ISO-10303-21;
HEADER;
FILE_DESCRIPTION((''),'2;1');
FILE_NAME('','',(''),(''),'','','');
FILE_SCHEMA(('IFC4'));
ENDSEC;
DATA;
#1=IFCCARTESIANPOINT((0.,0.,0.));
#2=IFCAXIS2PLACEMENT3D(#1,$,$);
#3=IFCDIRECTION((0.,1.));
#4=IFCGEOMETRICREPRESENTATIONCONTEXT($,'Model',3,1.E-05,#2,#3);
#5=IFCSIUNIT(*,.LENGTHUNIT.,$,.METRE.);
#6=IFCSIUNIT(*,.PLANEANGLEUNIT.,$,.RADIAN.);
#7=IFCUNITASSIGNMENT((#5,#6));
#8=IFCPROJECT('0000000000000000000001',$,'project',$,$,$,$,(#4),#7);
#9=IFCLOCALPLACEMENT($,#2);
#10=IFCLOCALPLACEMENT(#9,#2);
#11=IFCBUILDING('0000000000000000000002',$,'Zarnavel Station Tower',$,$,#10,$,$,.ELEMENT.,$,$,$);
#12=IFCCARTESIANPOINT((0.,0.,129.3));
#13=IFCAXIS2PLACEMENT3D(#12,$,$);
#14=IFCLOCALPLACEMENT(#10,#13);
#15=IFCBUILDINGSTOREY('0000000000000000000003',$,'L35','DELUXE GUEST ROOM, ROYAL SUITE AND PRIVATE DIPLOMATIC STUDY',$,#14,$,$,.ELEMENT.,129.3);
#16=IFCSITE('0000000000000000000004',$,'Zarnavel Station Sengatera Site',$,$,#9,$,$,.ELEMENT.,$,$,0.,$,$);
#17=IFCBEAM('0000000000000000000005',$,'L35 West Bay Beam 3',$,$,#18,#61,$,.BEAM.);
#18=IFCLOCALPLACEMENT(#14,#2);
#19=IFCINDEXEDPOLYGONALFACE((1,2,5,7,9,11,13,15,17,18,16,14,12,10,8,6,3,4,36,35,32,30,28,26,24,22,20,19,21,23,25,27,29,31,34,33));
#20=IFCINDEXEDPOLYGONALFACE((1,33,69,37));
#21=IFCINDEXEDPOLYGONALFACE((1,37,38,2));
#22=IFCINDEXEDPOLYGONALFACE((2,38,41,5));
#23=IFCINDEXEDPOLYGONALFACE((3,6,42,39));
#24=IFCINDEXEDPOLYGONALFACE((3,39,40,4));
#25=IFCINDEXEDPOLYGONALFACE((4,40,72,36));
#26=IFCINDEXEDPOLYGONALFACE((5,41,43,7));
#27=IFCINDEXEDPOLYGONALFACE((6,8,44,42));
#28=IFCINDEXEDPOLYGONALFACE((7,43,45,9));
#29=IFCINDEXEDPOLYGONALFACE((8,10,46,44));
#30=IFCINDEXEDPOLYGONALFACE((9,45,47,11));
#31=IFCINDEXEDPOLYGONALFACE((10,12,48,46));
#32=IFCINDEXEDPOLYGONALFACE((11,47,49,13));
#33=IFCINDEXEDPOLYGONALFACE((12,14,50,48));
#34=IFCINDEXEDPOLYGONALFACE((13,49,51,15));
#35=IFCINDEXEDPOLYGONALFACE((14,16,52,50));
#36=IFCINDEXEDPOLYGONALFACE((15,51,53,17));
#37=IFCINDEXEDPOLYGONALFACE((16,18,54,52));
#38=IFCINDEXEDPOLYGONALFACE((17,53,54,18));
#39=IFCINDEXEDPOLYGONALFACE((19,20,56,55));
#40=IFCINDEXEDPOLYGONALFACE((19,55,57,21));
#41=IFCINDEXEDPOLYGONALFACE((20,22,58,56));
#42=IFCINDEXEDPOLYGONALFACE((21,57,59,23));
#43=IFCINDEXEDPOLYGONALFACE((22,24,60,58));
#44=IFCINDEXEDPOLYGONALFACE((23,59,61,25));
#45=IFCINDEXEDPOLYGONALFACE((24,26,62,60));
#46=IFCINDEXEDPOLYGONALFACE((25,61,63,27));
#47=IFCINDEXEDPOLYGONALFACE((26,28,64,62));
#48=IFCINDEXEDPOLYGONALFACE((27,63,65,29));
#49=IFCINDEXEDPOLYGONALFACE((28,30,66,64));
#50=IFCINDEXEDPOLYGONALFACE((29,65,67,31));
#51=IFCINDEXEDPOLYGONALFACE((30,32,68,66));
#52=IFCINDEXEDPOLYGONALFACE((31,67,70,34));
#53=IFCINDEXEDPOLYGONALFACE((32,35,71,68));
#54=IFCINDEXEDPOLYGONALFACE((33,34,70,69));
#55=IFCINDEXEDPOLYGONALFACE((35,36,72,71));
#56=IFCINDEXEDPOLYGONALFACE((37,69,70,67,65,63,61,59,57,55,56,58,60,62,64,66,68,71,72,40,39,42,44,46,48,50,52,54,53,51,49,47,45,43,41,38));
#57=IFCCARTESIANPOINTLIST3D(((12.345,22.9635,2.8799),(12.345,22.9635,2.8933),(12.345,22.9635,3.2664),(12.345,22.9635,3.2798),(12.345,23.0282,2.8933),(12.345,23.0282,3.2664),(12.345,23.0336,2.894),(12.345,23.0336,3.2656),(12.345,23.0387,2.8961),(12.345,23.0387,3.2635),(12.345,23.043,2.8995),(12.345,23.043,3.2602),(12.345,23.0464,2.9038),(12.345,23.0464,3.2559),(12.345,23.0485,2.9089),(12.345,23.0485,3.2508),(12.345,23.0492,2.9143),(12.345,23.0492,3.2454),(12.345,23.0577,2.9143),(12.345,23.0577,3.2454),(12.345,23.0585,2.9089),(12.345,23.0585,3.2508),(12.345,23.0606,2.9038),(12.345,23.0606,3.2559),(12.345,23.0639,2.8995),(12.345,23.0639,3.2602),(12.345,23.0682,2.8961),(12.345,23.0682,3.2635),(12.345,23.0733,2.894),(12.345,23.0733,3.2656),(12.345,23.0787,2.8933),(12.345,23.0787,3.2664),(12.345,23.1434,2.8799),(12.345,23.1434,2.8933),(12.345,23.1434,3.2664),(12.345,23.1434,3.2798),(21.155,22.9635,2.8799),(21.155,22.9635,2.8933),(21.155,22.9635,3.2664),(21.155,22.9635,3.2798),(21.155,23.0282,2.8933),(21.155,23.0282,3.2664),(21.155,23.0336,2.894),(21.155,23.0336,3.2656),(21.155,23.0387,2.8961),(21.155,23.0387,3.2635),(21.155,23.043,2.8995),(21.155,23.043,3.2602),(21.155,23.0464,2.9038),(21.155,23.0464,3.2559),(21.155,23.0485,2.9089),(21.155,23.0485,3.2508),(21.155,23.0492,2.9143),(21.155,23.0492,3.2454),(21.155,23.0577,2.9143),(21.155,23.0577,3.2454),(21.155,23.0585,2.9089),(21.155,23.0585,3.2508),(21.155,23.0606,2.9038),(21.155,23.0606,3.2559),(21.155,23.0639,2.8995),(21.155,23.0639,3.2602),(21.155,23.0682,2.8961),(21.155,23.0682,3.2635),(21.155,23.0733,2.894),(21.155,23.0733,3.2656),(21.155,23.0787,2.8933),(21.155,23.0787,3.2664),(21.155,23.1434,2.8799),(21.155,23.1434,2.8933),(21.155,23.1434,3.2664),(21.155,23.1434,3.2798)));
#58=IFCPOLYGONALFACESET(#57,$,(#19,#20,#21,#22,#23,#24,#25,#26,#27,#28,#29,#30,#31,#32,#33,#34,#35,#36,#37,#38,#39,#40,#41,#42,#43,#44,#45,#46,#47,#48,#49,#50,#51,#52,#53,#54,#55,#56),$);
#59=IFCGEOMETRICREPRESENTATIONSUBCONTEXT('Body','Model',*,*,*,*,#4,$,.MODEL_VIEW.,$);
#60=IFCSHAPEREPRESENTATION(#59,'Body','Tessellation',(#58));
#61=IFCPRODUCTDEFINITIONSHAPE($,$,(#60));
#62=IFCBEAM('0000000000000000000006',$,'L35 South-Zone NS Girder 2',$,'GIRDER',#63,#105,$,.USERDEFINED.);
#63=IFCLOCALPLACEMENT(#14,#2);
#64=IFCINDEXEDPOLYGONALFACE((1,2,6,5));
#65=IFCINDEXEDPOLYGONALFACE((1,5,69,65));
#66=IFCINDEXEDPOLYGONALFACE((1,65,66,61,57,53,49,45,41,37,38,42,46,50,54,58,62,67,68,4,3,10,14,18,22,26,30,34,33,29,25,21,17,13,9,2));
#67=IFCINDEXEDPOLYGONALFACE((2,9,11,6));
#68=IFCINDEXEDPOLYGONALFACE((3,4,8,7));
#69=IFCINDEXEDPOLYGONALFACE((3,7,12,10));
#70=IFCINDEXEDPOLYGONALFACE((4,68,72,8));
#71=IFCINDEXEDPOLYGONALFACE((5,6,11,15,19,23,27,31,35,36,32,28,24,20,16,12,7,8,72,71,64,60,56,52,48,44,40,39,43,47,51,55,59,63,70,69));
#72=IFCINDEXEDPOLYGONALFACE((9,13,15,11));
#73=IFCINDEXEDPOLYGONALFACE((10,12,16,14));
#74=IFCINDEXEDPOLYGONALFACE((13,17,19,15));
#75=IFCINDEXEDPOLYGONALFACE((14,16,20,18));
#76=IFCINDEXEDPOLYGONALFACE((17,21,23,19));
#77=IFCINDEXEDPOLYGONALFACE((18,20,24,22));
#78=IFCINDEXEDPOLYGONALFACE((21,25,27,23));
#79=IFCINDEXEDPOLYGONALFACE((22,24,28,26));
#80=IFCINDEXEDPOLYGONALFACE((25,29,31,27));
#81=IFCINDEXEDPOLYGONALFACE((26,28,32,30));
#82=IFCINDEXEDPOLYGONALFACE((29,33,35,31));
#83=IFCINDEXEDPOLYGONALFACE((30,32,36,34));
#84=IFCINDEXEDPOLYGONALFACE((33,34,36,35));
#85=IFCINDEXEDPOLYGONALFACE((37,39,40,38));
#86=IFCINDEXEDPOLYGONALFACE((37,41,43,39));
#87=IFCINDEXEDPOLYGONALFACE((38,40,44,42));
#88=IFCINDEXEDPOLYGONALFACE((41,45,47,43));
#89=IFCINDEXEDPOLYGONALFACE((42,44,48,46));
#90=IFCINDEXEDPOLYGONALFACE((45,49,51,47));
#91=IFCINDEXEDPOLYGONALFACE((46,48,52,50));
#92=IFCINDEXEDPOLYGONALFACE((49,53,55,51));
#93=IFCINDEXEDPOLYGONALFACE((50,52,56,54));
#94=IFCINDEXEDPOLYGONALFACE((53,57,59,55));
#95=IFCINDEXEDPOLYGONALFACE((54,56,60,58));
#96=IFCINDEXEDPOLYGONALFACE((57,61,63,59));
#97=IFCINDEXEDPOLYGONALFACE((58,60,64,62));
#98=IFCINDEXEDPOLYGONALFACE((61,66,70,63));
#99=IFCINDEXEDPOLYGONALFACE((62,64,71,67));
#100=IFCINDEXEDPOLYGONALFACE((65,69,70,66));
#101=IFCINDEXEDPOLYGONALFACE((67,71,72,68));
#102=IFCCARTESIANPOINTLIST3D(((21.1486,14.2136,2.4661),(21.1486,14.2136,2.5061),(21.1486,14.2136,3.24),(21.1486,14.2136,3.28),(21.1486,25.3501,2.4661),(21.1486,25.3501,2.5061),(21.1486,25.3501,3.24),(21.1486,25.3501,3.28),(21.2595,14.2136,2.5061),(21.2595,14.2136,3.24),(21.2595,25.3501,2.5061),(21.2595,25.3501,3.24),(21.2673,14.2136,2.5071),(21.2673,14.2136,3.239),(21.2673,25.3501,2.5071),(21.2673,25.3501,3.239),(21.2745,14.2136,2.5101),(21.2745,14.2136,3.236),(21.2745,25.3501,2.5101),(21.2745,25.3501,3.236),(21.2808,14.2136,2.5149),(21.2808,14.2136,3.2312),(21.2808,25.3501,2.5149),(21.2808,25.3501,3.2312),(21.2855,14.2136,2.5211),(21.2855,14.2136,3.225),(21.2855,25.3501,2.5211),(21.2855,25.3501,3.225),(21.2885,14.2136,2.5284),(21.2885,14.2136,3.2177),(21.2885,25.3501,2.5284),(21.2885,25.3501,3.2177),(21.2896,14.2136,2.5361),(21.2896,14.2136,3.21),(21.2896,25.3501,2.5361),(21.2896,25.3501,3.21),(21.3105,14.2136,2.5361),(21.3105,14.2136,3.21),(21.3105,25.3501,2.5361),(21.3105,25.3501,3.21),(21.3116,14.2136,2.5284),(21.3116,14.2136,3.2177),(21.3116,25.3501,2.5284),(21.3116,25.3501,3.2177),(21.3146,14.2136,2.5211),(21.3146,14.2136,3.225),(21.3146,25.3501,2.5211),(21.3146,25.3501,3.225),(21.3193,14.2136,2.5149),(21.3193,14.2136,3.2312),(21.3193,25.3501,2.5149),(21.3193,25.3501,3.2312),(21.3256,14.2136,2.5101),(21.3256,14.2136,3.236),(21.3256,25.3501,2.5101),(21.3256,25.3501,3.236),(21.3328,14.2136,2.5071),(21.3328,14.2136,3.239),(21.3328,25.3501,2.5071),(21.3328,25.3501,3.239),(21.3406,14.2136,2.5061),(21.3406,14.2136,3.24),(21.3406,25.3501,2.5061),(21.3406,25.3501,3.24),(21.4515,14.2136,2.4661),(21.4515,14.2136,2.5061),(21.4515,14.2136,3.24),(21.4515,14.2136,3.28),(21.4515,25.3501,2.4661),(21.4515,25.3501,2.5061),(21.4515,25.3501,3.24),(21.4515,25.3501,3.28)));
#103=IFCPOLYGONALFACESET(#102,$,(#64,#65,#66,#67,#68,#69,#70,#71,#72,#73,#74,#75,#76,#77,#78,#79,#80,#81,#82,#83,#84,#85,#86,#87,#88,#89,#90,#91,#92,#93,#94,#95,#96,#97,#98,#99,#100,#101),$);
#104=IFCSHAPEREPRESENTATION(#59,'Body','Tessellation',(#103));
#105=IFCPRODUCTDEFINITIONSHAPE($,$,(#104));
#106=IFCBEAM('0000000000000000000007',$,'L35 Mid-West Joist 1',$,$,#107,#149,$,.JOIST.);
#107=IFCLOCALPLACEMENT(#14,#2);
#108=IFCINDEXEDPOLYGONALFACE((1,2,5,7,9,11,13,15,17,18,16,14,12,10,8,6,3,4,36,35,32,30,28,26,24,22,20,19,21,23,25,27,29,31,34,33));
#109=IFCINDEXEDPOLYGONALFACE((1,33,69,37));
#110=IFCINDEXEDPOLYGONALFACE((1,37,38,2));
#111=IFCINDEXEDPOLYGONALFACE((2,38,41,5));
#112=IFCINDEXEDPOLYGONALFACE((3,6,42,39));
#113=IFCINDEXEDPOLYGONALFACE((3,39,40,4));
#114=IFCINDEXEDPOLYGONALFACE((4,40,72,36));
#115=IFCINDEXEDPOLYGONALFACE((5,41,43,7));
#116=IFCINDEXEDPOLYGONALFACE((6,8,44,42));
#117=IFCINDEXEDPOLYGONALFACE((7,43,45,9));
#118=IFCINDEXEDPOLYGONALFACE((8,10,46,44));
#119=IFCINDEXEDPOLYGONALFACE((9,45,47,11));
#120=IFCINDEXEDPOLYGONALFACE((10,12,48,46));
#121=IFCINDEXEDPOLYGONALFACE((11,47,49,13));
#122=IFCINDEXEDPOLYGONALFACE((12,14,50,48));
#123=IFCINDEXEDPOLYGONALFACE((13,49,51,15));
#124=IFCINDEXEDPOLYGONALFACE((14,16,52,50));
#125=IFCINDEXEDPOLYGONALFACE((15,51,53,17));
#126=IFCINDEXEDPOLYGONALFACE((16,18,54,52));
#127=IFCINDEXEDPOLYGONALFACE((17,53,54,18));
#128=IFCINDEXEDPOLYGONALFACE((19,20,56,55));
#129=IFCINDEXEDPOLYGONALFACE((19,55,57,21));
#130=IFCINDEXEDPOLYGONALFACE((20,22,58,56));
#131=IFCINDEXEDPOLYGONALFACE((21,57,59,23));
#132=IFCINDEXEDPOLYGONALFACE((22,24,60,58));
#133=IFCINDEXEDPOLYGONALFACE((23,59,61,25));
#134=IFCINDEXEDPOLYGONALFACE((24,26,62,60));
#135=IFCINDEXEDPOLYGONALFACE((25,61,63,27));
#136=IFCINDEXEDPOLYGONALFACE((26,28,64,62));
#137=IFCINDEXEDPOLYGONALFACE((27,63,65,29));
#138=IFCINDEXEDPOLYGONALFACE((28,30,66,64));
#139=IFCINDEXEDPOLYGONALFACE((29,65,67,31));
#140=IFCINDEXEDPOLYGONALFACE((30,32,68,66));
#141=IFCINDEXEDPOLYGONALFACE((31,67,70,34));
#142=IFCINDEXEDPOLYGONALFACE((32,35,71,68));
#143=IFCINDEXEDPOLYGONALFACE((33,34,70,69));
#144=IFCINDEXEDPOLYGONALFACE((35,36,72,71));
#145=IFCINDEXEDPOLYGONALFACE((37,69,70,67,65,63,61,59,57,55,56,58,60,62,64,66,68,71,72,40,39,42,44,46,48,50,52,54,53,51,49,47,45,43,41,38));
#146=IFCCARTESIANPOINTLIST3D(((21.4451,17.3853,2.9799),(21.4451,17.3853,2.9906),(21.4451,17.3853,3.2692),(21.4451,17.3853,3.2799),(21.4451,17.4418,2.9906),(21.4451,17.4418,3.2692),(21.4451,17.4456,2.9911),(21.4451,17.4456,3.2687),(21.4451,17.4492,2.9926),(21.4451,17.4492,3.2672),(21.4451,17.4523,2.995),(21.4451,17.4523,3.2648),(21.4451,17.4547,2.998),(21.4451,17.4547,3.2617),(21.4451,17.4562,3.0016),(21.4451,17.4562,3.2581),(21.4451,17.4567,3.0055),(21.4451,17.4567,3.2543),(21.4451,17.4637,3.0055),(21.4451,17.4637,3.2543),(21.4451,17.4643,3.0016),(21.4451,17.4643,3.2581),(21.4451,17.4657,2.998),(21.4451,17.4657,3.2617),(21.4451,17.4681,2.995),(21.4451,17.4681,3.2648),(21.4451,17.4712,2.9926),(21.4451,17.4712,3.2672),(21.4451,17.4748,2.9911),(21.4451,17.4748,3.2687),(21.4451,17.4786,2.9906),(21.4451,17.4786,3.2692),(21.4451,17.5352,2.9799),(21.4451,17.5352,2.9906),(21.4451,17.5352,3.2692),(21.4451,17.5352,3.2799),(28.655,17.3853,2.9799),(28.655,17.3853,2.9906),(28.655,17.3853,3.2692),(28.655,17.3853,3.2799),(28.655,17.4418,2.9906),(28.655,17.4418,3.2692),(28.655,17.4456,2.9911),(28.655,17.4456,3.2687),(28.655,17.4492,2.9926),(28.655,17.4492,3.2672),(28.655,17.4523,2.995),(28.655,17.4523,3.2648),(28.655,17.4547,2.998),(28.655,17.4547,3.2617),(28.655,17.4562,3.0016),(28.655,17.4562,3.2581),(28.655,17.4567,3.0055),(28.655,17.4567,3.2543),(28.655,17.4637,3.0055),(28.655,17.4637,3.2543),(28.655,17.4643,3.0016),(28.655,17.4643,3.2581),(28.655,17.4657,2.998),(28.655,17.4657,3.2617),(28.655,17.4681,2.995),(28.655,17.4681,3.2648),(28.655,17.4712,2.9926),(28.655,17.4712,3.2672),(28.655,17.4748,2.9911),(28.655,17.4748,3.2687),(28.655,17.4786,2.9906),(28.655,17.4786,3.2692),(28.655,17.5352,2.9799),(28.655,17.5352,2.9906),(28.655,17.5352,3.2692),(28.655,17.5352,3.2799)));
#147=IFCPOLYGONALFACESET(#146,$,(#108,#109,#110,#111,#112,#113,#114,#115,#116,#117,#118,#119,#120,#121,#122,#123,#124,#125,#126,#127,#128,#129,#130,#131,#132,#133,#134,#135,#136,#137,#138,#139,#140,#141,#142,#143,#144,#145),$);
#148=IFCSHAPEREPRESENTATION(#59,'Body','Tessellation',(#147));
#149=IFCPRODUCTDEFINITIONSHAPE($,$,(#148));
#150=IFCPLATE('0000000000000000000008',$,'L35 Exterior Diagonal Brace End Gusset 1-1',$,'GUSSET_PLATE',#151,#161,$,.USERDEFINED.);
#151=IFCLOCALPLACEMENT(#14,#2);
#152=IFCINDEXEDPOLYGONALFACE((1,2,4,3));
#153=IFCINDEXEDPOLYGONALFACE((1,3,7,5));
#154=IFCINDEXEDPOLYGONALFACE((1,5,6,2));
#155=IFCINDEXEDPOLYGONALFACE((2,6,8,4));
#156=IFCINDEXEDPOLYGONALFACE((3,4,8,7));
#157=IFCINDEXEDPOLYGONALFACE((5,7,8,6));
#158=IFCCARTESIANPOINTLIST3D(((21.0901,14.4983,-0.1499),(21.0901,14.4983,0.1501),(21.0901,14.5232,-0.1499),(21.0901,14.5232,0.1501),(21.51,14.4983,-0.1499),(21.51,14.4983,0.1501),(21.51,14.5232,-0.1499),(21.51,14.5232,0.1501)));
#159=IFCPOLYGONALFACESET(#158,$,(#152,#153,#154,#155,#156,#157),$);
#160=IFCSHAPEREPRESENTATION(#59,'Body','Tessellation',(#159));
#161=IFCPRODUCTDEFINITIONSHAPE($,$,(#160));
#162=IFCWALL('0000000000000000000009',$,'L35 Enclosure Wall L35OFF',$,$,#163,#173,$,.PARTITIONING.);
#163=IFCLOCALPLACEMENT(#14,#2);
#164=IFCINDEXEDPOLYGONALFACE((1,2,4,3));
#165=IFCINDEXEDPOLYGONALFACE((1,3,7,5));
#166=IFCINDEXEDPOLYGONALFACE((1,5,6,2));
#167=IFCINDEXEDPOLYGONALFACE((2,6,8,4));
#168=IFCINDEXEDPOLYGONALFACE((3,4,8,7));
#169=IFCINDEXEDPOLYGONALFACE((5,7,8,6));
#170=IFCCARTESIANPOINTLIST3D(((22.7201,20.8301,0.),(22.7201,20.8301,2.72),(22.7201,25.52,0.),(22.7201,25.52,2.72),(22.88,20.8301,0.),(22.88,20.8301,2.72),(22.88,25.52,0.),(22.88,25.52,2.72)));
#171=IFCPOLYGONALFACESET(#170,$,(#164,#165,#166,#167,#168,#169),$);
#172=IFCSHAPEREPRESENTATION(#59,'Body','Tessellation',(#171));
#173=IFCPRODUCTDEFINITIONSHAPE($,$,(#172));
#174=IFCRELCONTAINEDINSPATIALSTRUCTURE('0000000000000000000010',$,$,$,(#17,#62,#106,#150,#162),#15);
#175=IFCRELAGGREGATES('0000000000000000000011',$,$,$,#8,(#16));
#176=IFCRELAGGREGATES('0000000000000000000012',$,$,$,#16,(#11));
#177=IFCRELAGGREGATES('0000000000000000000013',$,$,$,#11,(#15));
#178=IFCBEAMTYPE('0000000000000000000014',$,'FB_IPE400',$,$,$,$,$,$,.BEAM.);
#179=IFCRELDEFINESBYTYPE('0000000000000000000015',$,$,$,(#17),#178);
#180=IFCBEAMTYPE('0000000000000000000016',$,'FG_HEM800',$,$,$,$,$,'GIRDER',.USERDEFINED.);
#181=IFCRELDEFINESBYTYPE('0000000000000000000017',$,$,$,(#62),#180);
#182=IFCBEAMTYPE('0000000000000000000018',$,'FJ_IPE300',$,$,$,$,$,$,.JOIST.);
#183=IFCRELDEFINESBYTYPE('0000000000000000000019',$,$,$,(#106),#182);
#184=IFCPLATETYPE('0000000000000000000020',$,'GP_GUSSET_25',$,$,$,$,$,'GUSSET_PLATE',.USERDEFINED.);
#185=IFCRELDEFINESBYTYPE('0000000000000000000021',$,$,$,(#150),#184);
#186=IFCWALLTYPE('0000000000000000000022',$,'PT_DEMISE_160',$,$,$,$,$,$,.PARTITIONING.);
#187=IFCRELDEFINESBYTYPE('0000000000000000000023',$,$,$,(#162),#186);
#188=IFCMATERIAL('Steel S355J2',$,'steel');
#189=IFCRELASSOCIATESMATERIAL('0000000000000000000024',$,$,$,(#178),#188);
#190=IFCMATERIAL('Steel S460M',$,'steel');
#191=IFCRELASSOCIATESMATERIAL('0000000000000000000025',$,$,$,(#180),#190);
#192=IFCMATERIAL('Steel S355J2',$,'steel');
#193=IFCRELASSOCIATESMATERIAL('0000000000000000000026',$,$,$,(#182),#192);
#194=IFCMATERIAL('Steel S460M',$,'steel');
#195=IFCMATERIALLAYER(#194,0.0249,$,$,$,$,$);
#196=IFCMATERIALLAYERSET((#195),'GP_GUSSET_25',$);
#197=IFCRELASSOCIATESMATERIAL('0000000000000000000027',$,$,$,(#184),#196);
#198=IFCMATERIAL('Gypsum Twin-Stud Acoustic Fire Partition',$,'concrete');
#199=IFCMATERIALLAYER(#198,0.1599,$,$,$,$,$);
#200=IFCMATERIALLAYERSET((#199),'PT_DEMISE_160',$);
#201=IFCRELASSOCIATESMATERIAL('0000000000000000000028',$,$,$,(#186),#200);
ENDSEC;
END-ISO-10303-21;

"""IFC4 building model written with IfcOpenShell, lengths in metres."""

from ifc_helpers import new_model, si_unit, direction, frame, frame_2d, origin, origin_2d, place, context, subcontext, project, spatial, rectangle, i_section, extrude, material, layer, layer_set, material_profile, profile_set, type_object, element, save


model = new_model("IFC4")

# Units and contexts
model_context = context("Model", 3, precision=1e-05, world=origin(), true_north=direction((0.0, 1.0)))
body_context = subcontext(model_context, "Body", "Model", "MODEL_VIEW")
ifc_project = project(units=[si_unit("LENGTHUNIT", "METRE"), si_unit("PLANEANGLEUNIT", "RADIAN")], contexts=[model_context])

# Site, building, storey
site_placement = place(None, origin())
site = spatial("IfcSite", under=ifc_project, at=site_placement, Name="Zarnavel Station Sengatera Site", CompositionType="ELEMENT", RefElevation=0.0)
building_placement = place(site_placement, origin())
building = spatial("IfcBuilding", under=site, at=building_placement, Name="Zarnavel Station Tower", CompositionType="ELEMENT")
storey_placement = place(building_placement, frame((0.0, 0.0, 129.3)))
storey = spatial("IfcBuildingStorey", under=building, at=storey_placement, Name="L35", Description="DELUXE GUEST ROOM, ROYAL SUITE AND PRIVATE DIPLOMATIC STUDY", CompositionType="ELEMENT", Elevation=129.3)

# Beams
ifc_material_1 = material(Name="Steel S355J2", Category="steel")
ifc_material_profile_1 = material_profile(ifc_material_1, i_section(OverallWidth=0.1799, OverallDepth=0.3999, WebThickness=0.0085, FlangeThickness=0.0134, FilletRadius=0.021, at=origin_2d()), Name="IPE400")
ifc_profile_set_1 = profile_set([ifc_material_profile_1], Name="Steel S355J2")
beam_type_1 = type_object("IfcBeamType", Name="FB_IPE400", PredefinedType="BEAM", material=ifc_profile_set_1)
beam_1_placement = place(storey_placement, frame((12.345, 23.0535, 3.0798), z_axis=(1.0, 0.0, 0.0), x_axis=(0.0, 1.0, 0.0)))
element("IfcBeam", 1, at=beam_1_placement, inside=storey, type_object=beam_type_1, Name="L35 West Bay Beam 3", PredefinedType="BEAM", context=body_context, shape_type="SweptSolid", body=[
    extrude(i_section(OverallWidth=0.1799, OverallDepth=0.3999, WebThickness=0.0085, FlangeThickness=0.0134, FilletRadius=0.021, at=origin_2d()), origin(), (0.0, 0.0, 1.0), 8.8101),
])
ifc_material_2 = material(Name="Steel S460M", Category="steel")
ifc_material_profile_2 = material_profile(ifc_material_2, i_section(OverallWidth=0.303, OverallDepth=0.814, WebThickness=0.021, FlangeThickness=0.04, FilletRadius=0.03, at=origin_2d()), Name="HEM800")
ifc_profile_set_2 = profile_set([ifc_material_profile_2], Name="Steel S460M")
beam_type_2 = type_object("IfcBeamType", Name="FG_HEM800", ElementType="GIRDER", PredefinedType="USERDEFINED", material=ifc_profile_set_2)
beam_2_placement = place(storey_placement, frame((21.3, 14.2136, 2.873), z_axis=(0.0, 1.0, 0.0), x_axis=(-1.0, 0.0, 0.0)))
element("IfcBeam", 2, at=beam_2_placement, inside=storey, type_object=beam_type_2, Name="L35 South-Zone NS Girder 2", ObjectType="GIRDER", PredefinedType="USERDEFINED", context=body_context, shape_type="SweptSolid", body=[
    extrude(i_section(OverallWidth=0.303, OverallDepth=0.814, WebThickness=0.021, FlangeThickness=0.04, FilletRadius=0.03, at=origin_2d()), origin(), (0.0, 0.0, 1.0), 11.1365),
])
ifc_material_3 = material(Name="Steel S355J2", Category="steel")
ifc_material_profile_3 = material_profile(ifc_material_3, i_section(OverallWidth=0.1499, OverallDepth=0.3, WebThickness=0.0071, FlangeThickness=0.0107, FilletRadius=0.0149, at=origin_2d()), Name="IPE300")
ifc_profile_set_3 = profile_set([ifc_material_profile_3], Name="Steel S355J2")
beam_type_3 = type_object("IfcBeamType", Name="FJ_IPE300", PredefinedType="JOIST", material=ifc_profile_set_3)
beam_3_placement = place(storey_placement, frame((21.4451, 17.4602, 3.1299), z_axis=(1.0, 0.0, 0.0), x_axis=(0.0, 1.0, 0.0)))
element("IfcBeam", 3, at=beam_3_placement, inside=storey, type_object=beam_type_3, Name="L35 Mid-West Joist 1", PredefinedType="JOIST", context=body_context, shape_type="SweptSolid", body=[
    extrude(i_section(OverallWidth=0.1499, OverallDepth=0.3, WebThickness=0.0071, FlangeThickness=0.0107, FilletRadius=0.0149, at=origin_2d()), origin(), (0.0, 0.0, 1.0), 7.21),
])

# Plate
ifc_material_4 = material(Name="Steel S460M", Category="steel")
ifc_layer_1 = layer(ifc_material_4, 0.0249)
ifc_layer_set_1 = layer_set([ifc_layer_1], Name="GP_GUSSET_25")
plate_type = type_object("IfcPlateType", Name="GP_GUSSET_25", ElementType="GUSSET_PLATE", PredefinedType="USERDEFINED", material=ifc_layer_set_1)
plate_placement = place(storey_placement, frame((21.3, 14.5107, -0.1499), z_axis=(0.0, 0.0, 1.0), x_axis=(1.0, 0.0, 0.0)))
element("IfcPlate", 4, at=plate_placement, inside=storey, type_object=plate_type, Name="L35 Exterior Diagonal Brace End Gusset 1-1", ObjectType="GUSSET_PLATE", PredefinedType="USERDEFINED", context=body_context, shape_type="SweptSolid", body=[
    extrude(rectangle(XDim=0.4199, YDim=0.0249, at=origin_2d()), origin(), (0.0, 0.0, 1.0), 0.3),
])

# Wall
ifc_material_5 = material(Name="Gypsum Twin-Stud Acoustic Fire Partition", Category="concrete")
ifc_layer_2 = layer(ifc_material_5, 0.1599)
ifc_layer_set_2 = layer_set([ifc_layer_2], Name="PT_DEMISE_160")
wall_type_1 = type_object("IfcWallType", Name="PT_DEMISE_160", PredefinedType="PARTITIONING", material=ifc_layer_set_2)
wall_1_placement = place(storey_placement, frame((22.8, 20.8301, 0.0), z_axis=(0.0, 0.0, 1.0), x_axis=(0.0, 1.0, 0.0)))
element("IfcWall", 5, at=wall_1_placement, inside=storey, type_object=wall_type_1, Name="L35 Enclosure Wall L35OFF", PredefinedType="PARTITIONING", context=body_context, shape_type="SweptSolid", body=[
    extrude(rectangle(XDim=4.6899, YDim=0.1599, at=frame_2d((2.345, 0.0))), origin(), (0.0, 0.0, 1.0), 2.72),
])

save(model, "model.ifc")
